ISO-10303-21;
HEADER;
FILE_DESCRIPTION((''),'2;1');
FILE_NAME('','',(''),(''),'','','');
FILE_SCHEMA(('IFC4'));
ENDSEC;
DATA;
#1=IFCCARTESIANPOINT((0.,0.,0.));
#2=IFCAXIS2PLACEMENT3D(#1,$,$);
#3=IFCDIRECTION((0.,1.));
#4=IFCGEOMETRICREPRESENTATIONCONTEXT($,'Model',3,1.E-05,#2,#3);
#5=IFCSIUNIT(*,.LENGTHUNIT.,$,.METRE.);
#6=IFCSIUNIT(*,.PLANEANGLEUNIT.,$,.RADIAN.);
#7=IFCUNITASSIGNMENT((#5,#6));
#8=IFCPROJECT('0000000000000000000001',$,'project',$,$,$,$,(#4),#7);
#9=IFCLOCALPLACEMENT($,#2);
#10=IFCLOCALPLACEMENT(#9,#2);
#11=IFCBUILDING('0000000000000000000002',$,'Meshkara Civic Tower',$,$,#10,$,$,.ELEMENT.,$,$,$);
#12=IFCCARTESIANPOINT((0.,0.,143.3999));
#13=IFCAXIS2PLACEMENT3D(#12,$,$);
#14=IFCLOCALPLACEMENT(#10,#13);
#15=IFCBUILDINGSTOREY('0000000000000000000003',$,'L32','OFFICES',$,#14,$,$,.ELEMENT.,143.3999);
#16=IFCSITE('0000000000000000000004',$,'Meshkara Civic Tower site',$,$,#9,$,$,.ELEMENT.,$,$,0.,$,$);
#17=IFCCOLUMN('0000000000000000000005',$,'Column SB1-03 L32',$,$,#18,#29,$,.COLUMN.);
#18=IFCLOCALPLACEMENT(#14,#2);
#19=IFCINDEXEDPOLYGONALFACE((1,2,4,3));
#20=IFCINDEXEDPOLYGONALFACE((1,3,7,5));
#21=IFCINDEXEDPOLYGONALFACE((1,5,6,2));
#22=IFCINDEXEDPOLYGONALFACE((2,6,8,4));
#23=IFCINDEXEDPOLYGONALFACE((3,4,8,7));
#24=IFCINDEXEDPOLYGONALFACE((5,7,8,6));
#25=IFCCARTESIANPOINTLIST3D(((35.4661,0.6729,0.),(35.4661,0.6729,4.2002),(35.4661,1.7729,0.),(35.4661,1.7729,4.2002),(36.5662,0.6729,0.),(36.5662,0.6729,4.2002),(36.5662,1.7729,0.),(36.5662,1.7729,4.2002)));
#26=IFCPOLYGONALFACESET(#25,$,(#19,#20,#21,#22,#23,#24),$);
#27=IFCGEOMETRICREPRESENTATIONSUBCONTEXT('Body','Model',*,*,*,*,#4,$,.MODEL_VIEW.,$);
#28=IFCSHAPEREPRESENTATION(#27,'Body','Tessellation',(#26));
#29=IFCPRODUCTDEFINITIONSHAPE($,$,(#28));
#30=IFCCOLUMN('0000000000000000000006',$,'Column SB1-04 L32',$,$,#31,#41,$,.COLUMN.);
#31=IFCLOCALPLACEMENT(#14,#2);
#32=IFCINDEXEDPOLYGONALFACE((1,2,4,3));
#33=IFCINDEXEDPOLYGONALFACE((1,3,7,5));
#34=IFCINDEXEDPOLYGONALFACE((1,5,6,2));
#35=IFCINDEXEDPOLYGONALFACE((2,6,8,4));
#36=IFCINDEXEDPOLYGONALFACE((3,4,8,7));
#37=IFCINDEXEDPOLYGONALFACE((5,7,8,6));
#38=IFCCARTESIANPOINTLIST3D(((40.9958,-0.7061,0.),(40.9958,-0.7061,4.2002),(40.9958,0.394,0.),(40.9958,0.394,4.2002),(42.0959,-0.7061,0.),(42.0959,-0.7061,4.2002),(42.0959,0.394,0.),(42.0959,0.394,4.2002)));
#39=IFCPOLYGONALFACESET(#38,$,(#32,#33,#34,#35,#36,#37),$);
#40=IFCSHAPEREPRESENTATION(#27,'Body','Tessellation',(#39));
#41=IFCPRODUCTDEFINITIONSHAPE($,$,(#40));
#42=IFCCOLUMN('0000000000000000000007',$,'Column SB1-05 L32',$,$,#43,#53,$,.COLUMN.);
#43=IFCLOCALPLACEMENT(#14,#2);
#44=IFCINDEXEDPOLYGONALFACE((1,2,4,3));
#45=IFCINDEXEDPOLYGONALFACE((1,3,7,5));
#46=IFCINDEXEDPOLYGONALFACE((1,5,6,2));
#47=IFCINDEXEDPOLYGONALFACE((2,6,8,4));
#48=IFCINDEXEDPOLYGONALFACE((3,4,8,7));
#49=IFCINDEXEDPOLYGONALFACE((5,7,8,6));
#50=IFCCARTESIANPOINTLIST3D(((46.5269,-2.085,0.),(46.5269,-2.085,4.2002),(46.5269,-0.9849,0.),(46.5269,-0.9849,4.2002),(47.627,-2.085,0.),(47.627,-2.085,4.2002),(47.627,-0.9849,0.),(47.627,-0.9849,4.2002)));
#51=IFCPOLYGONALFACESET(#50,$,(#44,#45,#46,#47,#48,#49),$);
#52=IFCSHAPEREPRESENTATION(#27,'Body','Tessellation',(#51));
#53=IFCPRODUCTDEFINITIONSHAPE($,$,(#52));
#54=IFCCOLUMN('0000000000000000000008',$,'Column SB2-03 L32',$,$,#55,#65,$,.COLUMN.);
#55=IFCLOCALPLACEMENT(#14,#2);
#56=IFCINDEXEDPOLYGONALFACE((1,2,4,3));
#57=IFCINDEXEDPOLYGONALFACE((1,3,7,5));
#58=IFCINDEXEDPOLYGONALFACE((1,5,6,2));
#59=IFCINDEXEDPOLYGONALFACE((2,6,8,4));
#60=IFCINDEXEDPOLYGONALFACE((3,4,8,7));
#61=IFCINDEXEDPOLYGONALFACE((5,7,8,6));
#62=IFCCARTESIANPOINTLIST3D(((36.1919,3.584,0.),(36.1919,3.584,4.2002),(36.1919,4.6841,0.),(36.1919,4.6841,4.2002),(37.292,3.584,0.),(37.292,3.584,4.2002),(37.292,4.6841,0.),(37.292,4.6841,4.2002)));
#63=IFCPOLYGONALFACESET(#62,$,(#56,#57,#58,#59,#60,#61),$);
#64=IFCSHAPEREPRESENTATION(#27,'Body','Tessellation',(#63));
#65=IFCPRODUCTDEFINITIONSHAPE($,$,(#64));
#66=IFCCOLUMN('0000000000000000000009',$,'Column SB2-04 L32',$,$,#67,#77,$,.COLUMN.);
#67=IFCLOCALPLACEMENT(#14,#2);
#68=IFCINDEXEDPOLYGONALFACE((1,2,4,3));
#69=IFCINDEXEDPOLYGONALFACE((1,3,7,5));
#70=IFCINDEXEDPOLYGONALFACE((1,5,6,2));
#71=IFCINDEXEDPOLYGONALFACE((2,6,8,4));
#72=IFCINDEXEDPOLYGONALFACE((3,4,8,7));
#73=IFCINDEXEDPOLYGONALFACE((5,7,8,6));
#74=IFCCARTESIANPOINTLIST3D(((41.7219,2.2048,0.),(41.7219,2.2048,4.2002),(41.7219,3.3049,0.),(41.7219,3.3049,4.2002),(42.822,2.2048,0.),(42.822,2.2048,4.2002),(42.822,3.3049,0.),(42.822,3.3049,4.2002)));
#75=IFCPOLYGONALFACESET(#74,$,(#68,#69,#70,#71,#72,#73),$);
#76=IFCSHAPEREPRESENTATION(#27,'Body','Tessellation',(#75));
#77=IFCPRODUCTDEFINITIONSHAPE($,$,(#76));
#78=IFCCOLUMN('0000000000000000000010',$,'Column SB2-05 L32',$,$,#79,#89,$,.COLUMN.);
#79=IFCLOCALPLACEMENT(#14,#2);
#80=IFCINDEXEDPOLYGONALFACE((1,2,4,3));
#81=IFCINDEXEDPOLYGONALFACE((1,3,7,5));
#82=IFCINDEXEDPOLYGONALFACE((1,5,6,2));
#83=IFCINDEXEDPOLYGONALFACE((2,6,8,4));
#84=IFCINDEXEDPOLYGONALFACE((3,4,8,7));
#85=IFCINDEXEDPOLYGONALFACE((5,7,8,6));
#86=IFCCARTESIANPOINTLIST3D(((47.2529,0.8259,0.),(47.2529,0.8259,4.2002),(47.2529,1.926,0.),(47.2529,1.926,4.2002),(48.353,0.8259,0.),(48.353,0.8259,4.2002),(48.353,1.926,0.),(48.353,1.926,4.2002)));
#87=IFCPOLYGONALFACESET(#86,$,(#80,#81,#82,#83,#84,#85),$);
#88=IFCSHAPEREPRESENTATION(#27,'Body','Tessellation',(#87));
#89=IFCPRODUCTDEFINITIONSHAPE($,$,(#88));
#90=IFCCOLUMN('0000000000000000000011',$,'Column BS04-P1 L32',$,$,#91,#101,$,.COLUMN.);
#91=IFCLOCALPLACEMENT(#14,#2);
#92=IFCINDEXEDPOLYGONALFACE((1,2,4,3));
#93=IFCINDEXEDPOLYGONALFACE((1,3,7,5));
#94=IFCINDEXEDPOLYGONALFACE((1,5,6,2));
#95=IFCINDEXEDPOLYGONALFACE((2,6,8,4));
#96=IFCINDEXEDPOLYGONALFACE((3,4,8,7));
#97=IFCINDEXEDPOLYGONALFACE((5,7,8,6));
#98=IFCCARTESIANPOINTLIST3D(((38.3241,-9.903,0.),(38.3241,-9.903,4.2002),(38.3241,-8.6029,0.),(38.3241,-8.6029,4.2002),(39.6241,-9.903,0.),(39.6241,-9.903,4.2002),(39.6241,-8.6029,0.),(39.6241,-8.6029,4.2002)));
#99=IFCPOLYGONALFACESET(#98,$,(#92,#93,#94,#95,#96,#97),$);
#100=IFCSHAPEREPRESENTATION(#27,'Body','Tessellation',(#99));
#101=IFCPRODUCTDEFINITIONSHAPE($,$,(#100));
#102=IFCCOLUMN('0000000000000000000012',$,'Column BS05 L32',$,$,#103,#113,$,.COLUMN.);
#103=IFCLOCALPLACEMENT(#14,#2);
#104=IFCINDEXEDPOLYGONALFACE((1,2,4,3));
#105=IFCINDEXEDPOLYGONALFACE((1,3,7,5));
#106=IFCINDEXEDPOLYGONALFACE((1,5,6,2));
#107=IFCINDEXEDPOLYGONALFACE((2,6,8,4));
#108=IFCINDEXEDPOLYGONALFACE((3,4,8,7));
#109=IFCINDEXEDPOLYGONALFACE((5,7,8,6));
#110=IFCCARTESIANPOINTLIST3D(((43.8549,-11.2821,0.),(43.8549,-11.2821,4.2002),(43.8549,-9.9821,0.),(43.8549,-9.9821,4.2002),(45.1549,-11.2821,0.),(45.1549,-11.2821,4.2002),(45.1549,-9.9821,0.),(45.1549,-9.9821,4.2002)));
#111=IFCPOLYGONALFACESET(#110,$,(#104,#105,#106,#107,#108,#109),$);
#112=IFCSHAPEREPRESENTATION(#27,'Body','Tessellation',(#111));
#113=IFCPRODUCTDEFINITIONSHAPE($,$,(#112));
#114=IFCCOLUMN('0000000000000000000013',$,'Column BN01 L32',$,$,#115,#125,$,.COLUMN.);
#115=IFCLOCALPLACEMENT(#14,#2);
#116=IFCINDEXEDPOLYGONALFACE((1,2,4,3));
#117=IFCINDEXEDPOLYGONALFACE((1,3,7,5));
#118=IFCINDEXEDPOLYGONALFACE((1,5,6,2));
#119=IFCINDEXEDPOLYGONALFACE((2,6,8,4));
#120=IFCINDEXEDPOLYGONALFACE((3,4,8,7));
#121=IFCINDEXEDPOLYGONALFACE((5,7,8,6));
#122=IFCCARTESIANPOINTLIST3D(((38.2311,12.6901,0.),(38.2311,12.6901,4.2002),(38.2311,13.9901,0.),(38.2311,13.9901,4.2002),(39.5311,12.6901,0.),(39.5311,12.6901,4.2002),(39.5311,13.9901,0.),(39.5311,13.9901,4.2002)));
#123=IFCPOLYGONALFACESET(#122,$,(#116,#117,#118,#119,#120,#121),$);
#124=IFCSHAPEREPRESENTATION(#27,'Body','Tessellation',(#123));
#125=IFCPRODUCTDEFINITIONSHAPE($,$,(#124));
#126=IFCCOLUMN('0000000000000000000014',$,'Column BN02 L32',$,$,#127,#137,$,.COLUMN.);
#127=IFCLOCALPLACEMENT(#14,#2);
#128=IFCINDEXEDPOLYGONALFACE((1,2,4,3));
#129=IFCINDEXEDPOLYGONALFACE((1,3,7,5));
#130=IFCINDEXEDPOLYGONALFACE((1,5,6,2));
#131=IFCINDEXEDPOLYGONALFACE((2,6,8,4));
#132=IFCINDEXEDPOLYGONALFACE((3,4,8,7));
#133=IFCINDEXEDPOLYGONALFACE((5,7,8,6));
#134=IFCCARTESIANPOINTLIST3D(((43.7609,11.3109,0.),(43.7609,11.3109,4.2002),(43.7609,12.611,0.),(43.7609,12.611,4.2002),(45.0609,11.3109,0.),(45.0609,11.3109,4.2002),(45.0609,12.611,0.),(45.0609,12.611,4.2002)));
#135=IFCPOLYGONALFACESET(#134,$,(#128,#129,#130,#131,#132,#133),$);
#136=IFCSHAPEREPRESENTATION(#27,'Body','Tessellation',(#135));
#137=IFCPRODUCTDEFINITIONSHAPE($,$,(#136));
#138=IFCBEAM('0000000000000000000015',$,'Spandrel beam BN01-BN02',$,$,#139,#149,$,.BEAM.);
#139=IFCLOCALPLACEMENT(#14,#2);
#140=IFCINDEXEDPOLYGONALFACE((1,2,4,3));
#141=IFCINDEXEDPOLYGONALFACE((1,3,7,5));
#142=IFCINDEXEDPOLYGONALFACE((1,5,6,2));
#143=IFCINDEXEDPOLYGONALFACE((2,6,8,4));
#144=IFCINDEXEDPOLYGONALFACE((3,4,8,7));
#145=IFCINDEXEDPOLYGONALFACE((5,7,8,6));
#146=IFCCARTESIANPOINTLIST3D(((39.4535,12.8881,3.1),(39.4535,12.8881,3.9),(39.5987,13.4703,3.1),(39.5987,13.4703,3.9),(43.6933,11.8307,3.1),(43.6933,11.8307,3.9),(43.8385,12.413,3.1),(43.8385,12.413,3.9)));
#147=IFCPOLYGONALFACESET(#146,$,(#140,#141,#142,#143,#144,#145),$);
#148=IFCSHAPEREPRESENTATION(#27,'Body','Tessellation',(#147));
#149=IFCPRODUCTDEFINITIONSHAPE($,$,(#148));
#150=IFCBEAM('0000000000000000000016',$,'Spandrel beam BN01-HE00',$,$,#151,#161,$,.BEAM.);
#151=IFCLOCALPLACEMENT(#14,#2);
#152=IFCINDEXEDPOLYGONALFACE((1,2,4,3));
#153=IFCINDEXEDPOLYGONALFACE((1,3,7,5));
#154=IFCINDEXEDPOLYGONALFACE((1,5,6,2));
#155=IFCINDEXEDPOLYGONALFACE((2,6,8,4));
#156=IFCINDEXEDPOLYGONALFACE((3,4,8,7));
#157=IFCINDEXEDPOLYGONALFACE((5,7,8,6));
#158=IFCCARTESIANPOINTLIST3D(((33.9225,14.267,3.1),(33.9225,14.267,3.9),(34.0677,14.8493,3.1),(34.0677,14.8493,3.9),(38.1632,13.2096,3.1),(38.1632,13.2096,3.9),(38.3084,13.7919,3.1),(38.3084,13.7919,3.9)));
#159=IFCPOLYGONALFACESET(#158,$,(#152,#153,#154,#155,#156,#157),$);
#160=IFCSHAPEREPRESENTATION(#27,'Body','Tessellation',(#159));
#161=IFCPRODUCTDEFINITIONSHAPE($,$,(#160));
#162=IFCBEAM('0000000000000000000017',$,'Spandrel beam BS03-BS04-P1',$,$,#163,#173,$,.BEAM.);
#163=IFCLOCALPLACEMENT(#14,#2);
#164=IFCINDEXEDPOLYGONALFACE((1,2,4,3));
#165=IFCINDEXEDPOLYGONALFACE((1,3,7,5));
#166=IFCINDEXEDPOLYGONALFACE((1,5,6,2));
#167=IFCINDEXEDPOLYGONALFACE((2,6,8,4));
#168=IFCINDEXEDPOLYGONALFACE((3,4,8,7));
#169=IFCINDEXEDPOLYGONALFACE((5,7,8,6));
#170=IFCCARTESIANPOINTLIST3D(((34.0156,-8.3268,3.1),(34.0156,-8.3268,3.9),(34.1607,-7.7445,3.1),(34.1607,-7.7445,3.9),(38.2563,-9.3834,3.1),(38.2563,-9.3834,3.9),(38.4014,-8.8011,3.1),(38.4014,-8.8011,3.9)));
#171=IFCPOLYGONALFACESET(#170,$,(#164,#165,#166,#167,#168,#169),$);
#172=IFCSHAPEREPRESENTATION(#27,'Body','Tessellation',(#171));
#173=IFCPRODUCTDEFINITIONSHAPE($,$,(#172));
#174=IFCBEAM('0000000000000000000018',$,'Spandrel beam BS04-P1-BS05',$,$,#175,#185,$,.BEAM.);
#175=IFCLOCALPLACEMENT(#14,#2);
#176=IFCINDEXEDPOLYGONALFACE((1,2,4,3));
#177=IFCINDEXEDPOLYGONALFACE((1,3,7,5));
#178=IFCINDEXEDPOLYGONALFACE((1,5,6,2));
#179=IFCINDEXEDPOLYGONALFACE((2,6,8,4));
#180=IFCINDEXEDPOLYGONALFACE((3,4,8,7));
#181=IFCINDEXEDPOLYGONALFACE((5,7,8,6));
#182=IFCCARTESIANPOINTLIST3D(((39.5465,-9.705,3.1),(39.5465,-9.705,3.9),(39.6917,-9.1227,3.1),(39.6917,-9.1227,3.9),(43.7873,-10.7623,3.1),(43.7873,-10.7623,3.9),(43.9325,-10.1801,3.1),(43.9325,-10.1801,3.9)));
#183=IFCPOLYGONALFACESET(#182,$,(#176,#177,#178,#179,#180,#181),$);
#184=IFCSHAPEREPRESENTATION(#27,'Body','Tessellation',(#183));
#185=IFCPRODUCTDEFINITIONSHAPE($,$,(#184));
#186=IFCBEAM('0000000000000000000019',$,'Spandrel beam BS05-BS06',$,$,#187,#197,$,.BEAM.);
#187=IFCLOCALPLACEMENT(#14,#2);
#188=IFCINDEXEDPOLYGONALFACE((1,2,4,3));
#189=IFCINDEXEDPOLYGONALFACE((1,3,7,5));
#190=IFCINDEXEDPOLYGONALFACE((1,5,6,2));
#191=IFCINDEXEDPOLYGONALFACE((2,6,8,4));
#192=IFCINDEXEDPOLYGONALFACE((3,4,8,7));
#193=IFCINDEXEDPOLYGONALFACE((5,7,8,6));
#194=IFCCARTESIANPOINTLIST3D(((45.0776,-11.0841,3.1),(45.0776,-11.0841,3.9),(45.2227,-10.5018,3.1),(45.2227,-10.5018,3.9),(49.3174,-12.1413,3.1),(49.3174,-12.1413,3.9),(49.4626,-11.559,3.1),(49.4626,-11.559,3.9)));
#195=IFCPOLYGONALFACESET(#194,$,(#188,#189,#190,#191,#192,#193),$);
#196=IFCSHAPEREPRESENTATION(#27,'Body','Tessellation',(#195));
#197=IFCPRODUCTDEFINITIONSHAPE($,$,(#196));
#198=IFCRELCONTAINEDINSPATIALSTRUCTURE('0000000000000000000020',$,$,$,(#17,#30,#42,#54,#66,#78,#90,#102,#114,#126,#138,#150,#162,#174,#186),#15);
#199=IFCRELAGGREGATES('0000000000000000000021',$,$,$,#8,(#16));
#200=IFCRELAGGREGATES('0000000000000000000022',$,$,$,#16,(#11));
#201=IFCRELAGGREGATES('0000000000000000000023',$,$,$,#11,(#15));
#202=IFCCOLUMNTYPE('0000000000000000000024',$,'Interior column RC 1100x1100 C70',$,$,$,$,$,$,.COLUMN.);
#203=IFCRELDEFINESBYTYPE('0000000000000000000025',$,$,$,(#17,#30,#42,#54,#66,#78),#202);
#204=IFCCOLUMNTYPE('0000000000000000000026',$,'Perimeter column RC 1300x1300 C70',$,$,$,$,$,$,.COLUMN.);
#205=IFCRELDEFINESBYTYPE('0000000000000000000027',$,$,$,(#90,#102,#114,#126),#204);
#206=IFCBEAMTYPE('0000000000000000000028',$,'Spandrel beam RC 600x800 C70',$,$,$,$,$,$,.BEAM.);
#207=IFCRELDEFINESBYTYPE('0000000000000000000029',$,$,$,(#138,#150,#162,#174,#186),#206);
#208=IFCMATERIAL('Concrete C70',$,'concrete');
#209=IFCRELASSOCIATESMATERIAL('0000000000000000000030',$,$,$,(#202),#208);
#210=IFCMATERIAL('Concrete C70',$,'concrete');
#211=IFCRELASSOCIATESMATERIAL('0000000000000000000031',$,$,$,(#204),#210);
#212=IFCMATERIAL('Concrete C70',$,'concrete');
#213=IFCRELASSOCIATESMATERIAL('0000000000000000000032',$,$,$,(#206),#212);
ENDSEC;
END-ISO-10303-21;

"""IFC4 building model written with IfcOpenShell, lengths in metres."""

from ifc_helpers import new_model, si_unit, direction, frame, origin, origin_2d, place, context, subcontext, project, spatial, rectangle, extrude, material, material_profile, profile_set, type_object, element, save


model = new_model("IFC4")

# Units and contexts
model_context = context("Model", 3, precision=1e-05, world=origin(), true_north=direction((0.0, 1.0)))
body_context = subcontext(model_context, "Body", "Model", "MODEL_VIEW")
ifc_project = project(units=[si_unit("LENGTHUNIT", "METRE"), si_unit("PLANEANGLEUNIT", "RADIAN")], contexts=[model_context])

# Site, building, storey
site_placement = place(None, origin())
site = spatial("IfcSite", under=ifc_project, at=site_placement, Name="Meshkara Civic Tower site", CompositionType="ELEMENT", RefElevation=0.0)
building_placement = place(site_placement, origin())
building = spatial("IfcBuilding", under=site, at=building_placement, Name="Meshkara Civic Tower", CompositionType="ELEMENT")
storey_placement = place(building_placement, frame((0.0, 0.0, 143.3999)))
storey = spatial("IfcBuildingStorey", under=building, at=storey_placement, Name="L32", Description="OFFICES", CompositionType="ELEMENT", Elevation=143.3999)

# Columns
ifc_material_1 = material(Name="Concrete C70", Category="concrete")
ifc_material_profile_1 = material_profile(ifc_material_1, rectangle(XDim=1.1001, YDim=1.1001, at=origin_2d()))
ifc_profile_set_1 = profile_set([ifc_material_profile_1], Name="Concrete C70")
column_type_1 = type_object("IfcColumnType", Name="Interior column RC 1100x1100 C70", PredefinedType="COLUMN", material=ifc_profile_set_1)
for number, where, z_axis, x_axis, name in (
    (1, (36.0161, 1.2229, 0.0), (0.0, 0.0, 1.0), (1.0, 0.0, 0.0), "Column SB1-03 L32"),
    (2, (41.5459, -0.156, 0.0), (0.0, 0.0, 1.0), (1.0, 0.0, 0.0), "Column SB1-04 L32"),
    (3, (47.0769, -1.5349, 0.0), (0.0, 0.0, 1.0), (1.0, 0.0, 0.0), "Column SB1-05 L32"),
    (4, (36.7419, 4.134, 0.0), (0.0, 0.0, 1.0), (1.0, 0.0, 0.0), "Column SB2-03 L32"),
    (5, (42.272, 2.7549, 0.0), (0.0, 0.0, 1.0), (1.0, 0.0, 0.0), "Column SB2-04 L32"),
    (6, (47.803, 1.376, 0.0), (0.0, 0.0, 1.0), (1.0, 0.0, 0.0), "Column SB2-05 L32"),
):
    element("IfcColumn", number, at=place(storey_placement, frame(where, z_axis=z_axis, x_axis=x_axis)), inside=storey, type_object=column_type_1, Name=name, PredefinedType="COLUMN", context=body_context, shape_type="SweptSolid", body=[
        extrude(rectangle(XDim=1.1001, YDim=1.1001, at=origin_2d()), origin(), (0.0, 0.0, 1.0), 4.2002),
    ])
ifc_material_2 = material(Name="Concrete C70", Category="concrete")
ifc_material_profile_2 = material_profile(ifc_material_2, rectangle(XDim=1.3, YDim=1.3, at=origin_2d()))
ifc_profile_set_2 = profile_set([ifc_material_profile_2], Name="Concrete C70")
column_type_2 = type_object("IfcColumnType", Name="Perimeter column RC 1300x1300 C70", PredefinedType="COLUMN", material=ifc_profile_set_2)
for number, where, z_axis, x_axis, name in (
    (7, (38.9741, -9.2529, 0.0), (0.0, 0.0, 1.0), (1.0, 0.0, 0.0), "Column BS04-P1 L32"),
    (8, (44.5049, -10.6321, 0.0), (0.0, 0.0, 1.0), (1.0, 0.0, 0.0), "Column BS05 L32"),
    (9, (38.8811, 13.3401, 0.0), (0.0, 0.0, 1.0), (1.0, 0.0, 0.0), "Column BN01 L32"),
    (10, (44.4109, 11.9609, 0.0), (0.0, 0.0, 1.0), (1.0, 0.0, 0.0), "Column BN02 L32"),
):
    element("IfcColumn", number, at=place(storey_placement, frame(where, z_axis=z_axis, x_axis=x_axis)), inside=storey, type_object=column_type_2, Name=name, PredefinedType="COLUMN", context=body_context, shape_type="SweptSolid", body=[
        extrude(rectangle(XDim=1.3, YDim=1.3, at=origin_2d()), origin(), (0.0, 0.0, 1.0), 4.2002),
    ])

# Beams
ifc_material_3 = material(Name="Concrete C70", Category="concrete")
ifc_material_profile_3 = material_profile(ifc_material_3, rectangle(XDim=0.6001, YDim=0.8, at=origin_2d()))
ifc_profile_set_3 = profile_set([ifc_material_profile_3], Name="Concrete C70")
beam_type = type_object("IfcBeamType", Name="Spandrel beam RC 600x800 C70", PredefinedType="BEAM", material=ifc_profile_set_3)
beam_1_placement = place(storey_placement, frame((43.7659, 12.1218, 3.5), z_axis=(-0.97028, 0.241983, 0.0), x_axis=(-0.241983, -0.97028, 0.0)))
element("IfcBeam", 11, at=beam_1_placement, inside=storey, type_object=beam_type, Name="Spandrel beam BN01-BN02", PredefinedType="BEAM", context=body_context, shape_type="SweptSolid", body=[
    extrude(rectangle(XDim=0.6001, YDim=0.8, at=origin_2d()), origin(), (0.0, 0.0, 1.0), 4.3696),
])
beam_2_placement = place(storey_placement, frame((38.2358, 13.5007, 3.5), z_axis=(-0.970293, 0.241931, 0.0), x_axis=(-0.241931, -0.970293, 0.0)))
element("IfcBeam", 12, at=beam_2_placement, inside=storey, type_object=beam_type, Name="Spandrel beam BN01-HE00", PredefinedType="BEAM", context=body_context, shape_type="SweptSolid", body=[
    extrude(rectangle(XDim=0.6001, YDim=0.8, at=origin_2d()), origin(), (0.0, 0.0, 1.0), 4.3706),
])
beam_3_placement = place(storey_placement, frame((34.0881, -8.0356, 3.5), z_axis=(0.970333, -0.241773, 0.0), x_axis=(0.241773, 0.970333, 0.0)))
element("IfcBeam", 13, at=beam_3_placement, inside=storey, type_object=beam_type, Name="Spandrel beam BS03-BS04-P1", PredefinedType="BEAM", context=body_context, shape_type="SweptSolid", body=[
    extrude(rectangle(XDim=0.6001, YDim=0.8, at=origin_2d()), origin(), (0.0, 0.0, 1.0), 4.3704),
])
beam_4_placement = place(storey_placement, frame((39.6191, -9.4138, 3.5), z_axis=(0.970293, -0.241931, 0.0), x_axis=(0.241931, 0.970293, 0.0)))
element("IfcBeam", 14, at=beam_4_placement, inside=storey, type_object=beam_type, Name="Spandrel beam BS04-P1-BS05", PredefinedType="BEAM", context=body_context, shape_type="SweptSolid", body=[
    extrude(rectangle(XDim=0.6001, YDim=0.8, at=origin_2d()), origin(), (0.0, 0.0, 1.0), 4.3706),
])
beam_5_placement = place(storey_placement, frame((45.1501, -10.793, 3.5), z_axis=(0.970293, -0.241931, 0.0), x_axis=(0.241931, 0.970293, 0.0)))
element("IfcBeam", 15, at=beam_5_placement, inside=storey, type_object=beam_type, Name="Spandrel beam BS05-BS06", PredefinedType="BEAM", context=body_context, shape_type="SweptSolid", body=[
    extrude(rectangle(XDim=0.6001, YDim=0.8, at=origin_2d()), origin(), (0.0, 0.0, 1.0), 4.3696),
])

save(model, "model.ifc")
